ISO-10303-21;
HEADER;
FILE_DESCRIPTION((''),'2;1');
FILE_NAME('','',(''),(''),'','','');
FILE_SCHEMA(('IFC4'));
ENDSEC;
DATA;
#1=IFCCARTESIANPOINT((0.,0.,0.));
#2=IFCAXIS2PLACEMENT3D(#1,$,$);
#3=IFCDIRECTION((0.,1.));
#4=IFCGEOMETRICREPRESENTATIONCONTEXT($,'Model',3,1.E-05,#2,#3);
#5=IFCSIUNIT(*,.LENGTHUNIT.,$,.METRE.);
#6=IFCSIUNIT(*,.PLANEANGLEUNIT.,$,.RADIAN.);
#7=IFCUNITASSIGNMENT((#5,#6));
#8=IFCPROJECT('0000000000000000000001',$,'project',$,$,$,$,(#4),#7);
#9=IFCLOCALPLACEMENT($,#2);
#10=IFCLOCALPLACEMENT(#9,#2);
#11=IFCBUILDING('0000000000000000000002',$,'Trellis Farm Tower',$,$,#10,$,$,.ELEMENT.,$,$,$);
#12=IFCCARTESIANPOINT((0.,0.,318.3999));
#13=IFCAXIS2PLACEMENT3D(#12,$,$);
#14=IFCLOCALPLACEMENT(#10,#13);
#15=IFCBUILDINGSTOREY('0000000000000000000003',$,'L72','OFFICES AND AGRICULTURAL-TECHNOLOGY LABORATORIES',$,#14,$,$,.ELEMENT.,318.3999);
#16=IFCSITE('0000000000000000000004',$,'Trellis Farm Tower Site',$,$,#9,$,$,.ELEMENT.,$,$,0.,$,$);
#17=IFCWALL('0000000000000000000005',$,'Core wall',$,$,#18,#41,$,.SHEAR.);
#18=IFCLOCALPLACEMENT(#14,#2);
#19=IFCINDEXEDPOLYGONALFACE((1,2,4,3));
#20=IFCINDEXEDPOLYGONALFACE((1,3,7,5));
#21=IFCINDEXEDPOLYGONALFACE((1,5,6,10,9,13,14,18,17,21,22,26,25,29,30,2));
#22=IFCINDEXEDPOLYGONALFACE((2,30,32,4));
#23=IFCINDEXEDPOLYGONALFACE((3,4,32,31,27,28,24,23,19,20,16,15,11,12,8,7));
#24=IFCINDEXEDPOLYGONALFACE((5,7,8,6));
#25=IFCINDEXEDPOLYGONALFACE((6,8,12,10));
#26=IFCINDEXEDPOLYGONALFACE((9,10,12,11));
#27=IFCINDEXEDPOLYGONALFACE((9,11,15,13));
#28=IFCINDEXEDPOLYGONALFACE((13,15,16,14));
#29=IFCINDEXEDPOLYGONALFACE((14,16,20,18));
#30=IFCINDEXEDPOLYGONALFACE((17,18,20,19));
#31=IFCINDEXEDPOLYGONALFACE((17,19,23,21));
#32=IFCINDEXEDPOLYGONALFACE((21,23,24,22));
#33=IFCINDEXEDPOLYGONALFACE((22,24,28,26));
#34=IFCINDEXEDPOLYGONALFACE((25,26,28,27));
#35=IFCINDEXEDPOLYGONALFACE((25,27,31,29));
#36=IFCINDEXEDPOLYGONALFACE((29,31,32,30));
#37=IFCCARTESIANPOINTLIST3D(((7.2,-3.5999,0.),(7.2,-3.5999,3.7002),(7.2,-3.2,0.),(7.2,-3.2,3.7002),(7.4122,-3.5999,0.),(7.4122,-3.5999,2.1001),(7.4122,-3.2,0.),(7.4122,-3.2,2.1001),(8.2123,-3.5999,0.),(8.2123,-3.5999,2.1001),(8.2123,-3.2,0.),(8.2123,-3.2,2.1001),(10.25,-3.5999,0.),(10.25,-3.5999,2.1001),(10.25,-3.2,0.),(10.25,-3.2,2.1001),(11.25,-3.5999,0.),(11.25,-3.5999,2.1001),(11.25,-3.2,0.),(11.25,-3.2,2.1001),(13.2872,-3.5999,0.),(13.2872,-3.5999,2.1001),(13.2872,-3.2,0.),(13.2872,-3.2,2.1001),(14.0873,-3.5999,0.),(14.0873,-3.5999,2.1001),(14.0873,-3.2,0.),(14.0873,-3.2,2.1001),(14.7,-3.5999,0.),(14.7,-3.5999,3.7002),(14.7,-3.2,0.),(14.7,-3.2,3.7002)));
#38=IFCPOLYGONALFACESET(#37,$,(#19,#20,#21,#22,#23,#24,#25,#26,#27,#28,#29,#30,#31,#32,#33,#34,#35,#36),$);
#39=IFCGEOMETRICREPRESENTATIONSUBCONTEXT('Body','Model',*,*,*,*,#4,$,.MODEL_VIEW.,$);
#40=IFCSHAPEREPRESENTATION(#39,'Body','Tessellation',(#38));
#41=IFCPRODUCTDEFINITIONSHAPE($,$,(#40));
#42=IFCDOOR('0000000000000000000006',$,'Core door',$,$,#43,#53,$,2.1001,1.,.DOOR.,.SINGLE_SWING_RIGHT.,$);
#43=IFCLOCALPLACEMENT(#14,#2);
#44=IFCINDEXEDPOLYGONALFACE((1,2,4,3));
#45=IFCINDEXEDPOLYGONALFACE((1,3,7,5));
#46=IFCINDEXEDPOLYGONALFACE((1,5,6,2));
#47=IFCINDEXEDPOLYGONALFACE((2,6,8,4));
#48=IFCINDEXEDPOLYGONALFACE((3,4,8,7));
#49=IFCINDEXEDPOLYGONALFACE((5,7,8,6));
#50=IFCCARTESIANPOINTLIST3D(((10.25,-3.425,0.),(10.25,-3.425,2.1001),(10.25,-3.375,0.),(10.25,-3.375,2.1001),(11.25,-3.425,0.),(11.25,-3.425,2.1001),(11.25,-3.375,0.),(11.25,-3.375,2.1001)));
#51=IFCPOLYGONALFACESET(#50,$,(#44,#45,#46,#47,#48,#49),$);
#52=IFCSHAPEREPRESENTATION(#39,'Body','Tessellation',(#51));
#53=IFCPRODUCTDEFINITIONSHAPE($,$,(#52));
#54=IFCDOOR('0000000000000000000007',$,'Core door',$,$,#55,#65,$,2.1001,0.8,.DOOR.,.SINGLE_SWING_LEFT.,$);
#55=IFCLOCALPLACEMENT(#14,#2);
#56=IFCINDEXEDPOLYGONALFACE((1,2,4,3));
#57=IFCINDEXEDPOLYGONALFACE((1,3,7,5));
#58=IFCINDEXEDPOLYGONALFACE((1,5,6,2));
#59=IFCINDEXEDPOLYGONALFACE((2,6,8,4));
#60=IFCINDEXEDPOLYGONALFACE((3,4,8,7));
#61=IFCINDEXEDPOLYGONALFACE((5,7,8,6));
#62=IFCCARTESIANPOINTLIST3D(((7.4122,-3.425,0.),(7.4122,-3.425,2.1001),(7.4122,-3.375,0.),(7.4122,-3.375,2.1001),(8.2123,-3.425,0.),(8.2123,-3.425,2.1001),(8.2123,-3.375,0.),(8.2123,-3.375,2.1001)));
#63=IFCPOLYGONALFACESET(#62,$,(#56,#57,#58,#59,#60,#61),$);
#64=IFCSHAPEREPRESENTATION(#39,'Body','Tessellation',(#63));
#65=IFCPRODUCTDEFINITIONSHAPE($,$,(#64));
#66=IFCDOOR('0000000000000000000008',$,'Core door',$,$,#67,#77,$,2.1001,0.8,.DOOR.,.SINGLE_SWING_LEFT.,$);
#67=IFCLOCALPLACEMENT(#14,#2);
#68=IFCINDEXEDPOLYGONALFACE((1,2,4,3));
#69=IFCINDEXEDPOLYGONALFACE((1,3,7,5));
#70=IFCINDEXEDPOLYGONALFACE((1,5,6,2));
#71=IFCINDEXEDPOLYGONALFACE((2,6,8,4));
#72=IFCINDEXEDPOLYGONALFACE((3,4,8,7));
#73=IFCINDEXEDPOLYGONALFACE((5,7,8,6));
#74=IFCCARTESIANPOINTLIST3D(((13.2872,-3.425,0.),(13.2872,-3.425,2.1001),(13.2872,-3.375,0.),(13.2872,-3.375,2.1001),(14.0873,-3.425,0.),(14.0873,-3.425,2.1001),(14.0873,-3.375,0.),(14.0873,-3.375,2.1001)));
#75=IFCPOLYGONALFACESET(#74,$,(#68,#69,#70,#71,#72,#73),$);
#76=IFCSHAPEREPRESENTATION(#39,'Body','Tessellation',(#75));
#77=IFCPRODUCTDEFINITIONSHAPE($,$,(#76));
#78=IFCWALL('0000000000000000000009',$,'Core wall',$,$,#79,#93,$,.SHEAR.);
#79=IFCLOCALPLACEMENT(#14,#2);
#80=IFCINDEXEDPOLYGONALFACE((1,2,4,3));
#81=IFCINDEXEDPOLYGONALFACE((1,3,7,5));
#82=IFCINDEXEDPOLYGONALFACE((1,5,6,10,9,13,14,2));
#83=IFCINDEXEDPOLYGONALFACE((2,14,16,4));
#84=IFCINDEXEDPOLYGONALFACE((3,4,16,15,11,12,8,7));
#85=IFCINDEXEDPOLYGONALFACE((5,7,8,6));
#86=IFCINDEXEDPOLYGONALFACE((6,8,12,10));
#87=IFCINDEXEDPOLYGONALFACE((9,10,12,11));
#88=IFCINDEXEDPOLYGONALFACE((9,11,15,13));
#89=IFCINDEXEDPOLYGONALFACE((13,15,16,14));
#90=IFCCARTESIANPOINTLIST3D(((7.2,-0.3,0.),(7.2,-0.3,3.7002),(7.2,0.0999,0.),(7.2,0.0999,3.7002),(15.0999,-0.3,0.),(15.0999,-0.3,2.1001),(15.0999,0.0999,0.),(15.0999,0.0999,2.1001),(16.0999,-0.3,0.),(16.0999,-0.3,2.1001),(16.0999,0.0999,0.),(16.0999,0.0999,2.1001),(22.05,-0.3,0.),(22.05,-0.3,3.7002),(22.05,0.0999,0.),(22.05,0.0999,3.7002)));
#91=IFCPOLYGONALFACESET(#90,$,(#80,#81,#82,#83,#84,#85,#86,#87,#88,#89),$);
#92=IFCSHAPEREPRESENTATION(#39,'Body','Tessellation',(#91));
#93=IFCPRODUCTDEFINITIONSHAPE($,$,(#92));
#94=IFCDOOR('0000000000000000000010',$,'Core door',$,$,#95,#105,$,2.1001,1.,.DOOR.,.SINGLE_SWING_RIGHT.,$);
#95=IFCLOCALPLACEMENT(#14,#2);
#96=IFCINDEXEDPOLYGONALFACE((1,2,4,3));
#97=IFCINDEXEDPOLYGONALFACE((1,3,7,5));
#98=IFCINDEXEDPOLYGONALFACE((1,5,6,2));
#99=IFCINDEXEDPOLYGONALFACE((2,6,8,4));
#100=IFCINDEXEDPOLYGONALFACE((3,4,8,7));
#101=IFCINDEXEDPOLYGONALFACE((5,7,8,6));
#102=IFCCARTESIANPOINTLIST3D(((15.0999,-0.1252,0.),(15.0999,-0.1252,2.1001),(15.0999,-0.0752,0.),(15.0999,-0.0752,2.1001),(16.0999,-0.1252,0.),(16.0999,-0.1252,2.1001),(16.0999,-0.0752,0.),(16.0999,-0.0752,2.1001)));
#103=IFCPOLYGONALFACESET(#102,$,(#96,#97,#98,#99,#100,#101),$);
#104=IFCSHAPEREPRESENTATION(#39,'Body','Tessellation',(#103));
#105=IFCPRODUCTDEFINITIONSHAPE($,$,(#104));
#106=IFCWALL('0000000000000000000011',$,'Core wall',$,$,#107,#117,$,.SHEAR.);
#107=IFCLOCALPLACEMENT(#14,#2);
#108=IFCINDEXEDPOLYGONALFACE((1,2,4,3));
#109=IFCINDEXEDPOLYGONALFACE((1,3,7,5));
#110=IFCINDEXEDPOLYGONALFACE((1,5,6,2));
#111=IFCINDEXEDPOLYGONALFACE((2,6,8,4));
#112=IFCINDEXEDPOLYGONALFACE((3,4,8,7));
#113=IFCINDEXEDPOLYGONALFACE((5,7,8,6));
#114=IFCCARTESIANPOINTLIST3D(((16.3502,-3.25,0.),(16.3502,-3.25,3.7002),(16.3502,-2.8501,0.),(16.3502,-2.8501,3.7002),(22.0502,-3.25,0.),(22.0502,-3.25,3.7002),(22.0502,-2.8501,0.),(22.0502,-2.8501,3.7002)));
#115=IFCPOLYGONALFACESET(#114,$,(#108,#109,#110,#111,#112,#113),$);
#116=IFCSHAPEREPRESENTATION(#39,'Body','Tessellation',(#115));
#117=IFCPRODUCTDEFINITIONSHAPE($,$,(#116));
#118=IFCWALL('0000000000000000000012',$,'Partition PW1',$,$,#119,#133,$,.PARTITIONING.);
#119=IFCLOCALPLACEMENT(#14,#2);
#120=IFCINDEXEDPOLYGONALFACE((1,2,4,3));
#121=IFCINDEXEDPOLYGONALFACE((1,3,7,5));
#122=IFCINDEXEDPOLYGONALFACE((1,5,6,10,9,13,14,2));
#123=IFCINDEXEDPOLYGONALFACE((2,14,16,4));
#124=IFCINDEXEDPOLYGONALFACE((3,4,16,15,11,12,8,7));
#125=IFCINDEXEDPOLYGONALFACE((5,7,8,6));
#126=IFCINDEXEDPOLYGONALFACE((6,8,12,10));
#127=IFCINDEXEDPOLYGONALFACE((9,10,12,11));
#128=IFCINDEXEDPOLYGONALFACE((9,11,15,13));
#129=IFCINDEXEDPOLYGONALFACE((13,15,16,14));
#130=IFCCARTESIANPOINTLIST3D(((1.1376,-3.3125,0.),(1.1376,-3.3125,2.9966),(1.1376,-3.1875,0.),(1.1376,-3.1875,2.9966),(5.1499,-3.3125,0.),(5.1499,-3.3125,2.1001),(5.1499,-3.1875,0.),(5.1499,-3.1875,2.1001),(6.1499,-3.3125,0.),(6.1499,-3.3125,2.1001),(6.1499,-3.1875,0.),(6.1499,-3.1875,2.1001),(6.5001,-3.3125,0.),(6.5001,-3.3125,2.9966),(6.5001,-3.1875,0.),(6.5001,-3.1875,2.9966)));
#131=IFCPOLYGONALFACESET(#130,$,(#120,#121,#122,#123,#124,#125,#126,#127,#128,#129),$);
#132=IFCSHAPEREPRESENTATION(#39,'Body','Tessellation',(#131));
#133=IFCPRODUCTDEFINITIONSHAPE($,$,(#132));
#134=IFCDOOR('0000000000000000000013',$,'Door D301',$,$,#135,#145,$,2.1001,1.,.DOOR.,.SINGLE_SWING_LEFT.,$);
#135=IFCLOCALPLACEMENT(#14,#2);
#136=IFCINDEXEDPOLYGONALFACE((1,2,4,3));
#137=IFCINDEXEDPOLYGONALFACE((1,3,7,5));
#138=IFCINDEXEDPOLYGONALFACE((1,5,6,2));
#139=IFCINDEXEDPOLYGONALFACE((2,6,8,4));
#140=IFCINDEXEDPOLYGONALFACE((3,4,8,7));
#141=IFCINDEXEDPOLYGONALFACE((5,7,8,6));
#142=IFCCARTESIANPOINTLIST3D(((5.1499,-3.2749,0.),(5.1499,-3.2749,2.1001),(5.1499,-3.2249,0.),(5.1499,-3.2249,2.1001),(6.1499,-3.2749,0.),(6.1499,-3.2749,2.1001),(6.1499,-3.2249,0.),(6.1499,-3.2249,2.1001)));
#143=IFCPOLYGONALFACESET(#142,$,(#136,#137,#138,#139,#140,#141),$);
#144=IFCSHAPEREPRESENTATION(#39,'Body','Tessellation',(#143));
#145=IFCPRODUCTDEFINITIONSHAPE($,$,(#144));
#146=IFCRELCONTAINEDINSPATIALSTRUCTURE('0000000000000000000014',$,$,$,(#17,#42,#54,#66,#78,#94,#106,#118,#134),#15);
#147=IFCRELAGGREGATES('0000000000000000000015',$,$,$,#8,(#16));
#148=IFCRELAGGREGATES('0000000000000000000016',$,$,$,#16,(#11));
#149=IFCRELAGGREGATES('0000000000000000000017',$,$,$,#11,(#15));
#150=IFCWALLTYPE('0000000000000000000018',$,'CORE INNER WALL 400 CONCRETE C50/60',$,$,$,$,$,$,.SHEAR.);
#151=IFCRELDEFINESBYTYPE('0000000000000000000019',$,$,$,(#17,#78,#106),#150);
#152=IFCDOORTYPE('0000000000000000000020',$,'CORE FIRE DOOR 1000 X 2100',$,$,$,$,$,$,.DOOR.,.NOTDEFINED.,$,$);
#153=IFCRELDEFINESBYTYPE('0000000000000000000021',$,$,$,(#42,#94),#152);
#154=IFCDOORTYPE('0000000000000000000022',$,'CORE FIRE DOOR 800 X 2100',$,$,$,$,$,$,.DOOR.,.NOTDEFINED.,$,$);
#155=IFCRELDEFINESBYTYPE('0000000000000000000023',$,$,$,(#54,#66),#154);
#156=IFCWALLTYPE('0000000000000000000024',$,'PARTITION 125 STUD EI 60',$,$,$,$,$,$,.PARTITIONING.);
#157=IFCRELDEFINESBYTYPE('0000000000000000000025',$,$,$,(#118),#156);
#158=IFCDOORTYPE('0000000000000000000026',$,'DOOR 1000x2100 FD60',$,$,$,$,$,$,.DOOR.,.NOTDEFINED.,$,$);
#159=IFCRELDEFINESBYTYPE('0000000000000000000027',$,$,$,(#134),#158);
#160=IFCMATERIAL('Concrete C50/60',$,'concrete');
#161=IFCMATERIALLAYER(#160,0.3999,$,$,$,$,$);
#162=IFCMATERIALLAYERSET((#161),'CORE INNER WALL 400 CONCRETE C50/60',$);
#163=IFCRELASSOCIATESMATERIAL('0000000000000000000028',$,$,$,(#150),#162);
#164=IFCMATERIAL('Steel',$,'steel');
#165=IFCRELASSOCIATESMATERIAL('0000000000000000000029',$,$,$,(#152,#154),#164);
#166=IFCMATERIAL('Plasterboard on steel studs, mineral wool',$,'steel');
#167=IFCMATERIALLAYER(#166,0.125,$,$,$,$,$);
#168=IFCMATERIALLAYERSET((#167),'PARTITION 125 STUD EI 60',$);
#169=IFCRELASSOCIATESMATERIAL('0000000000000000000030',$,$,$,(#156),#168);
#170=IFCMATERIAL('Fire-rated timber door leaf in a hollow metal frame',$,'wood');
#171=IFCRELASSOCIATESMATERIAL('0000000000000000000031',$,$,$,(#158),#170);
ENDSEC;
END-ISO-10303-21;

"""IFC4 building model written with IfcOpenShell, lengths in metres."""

from ifc_helpers import new_model, si_unit, direction, frame, frame_2d, origin, place, context, subcontext, project, spatial, rectangle, extrude, source, transform, mapped, material, layer, layer_set, type_object, element, fill, save


model = new_model("IFC4")

# Units and contexts
model_context = context("Model", 3, precision=1e-05, world=origin(), true_north=direction((0.0, 1.0)))
body_context = subcontext(model_context, "Body", "Model", "MODEL_VIEW")
ifc_project = project(units=[si_unit("LENGTHUNIT", "METRE"), si_unit("PLANEANGLEUNIT", "RADIAN")], contexts=[model_context])

# Site, building, storey
site_placement = place(None, origin())
site = spatial("IfcSite", under=ifc_project, at=site_placement, Name="Trellis Farm Tower Site", CompositionType="ELEMENT", RefElevation=0.0)
building_placement = place(site_placement, origin())
building = spatial("IfcBuilding", under=site, at=building_placement, Name="Trellis Farm Tower", CompositionType="ELEMENT")
storey_placement = place(building_placement, frame((0.0, 0.0, 318.3999)))
storey = spatial("IfcBuildingStorey", under=building, at=storey_placement, Name="L72", Description="OFFICES AND AGRICULTURAL-TECHNOLOGY LABORATORIES", CompositionType="ELEMENT", Elevation=318.3999)

# Wall, openings, doors
ifc_material_1 = material(Name="Concrete C50/60", Category="concrete")
ifc_layer_1 = layer(ifc_material_1, 0.3999)
ifc_layer_set_1 = layer_set([ifc_layer_1], Name="CORE INNER WALL 400 CONCRETE C50/60")
wall_type_1 = type_object("IfcWallType", Name="CORE INNER WALL 400 CONCRETE C50/60", PredefinedType="SHEAR", material=ifc_layer_set_1)
shared_shape_1 = source(origin(), body_context, "Body", "SweptSolid", [
    extrude(rectangle(XDim=7.5, YDim=0.3999, at=frame_2d((3.75, 0.0))), origin(), (0.0, 0.0, 1.0), 3.7002),
])
wall_1_placement = place(storey_placement, frame((7.2, -3.3999, 0.0), z_axis=(0.0, 0.0, 1.0), x_axis=(1.0, 0.0, 0.0)))
wall_1 = element("IfcWall", 1, at=wall_1_placement, inside=storey, type_object=wall_type_1, Name="Core wall", PredefinedType="SHEAR", context=body_context, shape_type="MappedRepresentation", body=[
    mapped(shared_shape_1, transform((0.0, 0.0, 0.0))),
])
shared_shape_2 = source(origin(), body_context, "Body", "SweptSolid", [
    extrude(rectangle(XDim=0.8, YDim=2.1001, at=frame_2d((0.3999, 1.05))), frame((0.0, 0.21, 0.0), z_axis=(0.0, -1.0, 0.0), x_axis=(1.0, 0.0, 0.0)), (0.0, 0.0, 1.0), 0.4199),
])
opening_1_placement = place(wall_1_placement, frame((0.2124, 0.0, 0.0)))
opening_1 = element("IfcOpeningElement", 2, at=opening_1_placement, cuts=wall_1, PredefinedType="OPENING", context=body_context, shape_type="MappedRepresentation", body=[
    mapped(shared_shape_2, transform((0.0, 0.0, 0.0))),
])
shared_shape_3 = source(origin(), body_context, "Body", "SweptSolid", [
    extrude(rectangle(XDim=1.0, YDim=2.1001, at=frame_2d((0.5, 1.05))), frame((0.0, 0.21, 0.0), z_axis=(0.0, -1.0, 0.0), x_axis=(1.0, 0.0, 0.0)), (0.0, 0.0, 1.0), 0.4199),
])
opening_2_placement = place(wall_1_placement, frame((3.05, 0.0, 0.0)))
opening_2 = element("IfcOpeningElement", 3, at=opening_2_placement, cuts=wall_1, PredefinedType="OPENING", context=body_context, shape_type="MappedRepresentation", body=[
    mapped(shared_shape_3, transform((0.0, 0.0, 0.0))),
])
opening_3_placement = place(wall_1_placement, frame((6.0874, 0.0, 0.0)))
opening_3 = element("IfcOpeningElement", 4, at=opening_3_placement, cuts=wall_1, PredefinedType="OPENING", context=body_context, shape_type="MappedRepresentation", body=[
    mapped(shared_shape_2, transform((0.0, 0.0, 0.0))),
])
ifc_material_2 = material(Name="Steel", Category="steel")
door_type_1 = type_object("IfcDoorType", Name="CORE FIRE DOOR 1000 X 2100", OperationType="NOTDEFINED", PredefinedType="DOOR", material=ifc_material_2)
shared_shape_4 = source(origin(), body_context, "Body", "SweptSolid", [
    extrude(rectangle(XDim=1.0, YDim=2.1001, at=frame_2d((0.5, 1.05))), frame((0.0, 0.0249, 0.0), z_axis=(0.0, -1.0, 0.0), x_axis=(1.0, 0.0, 0.0)), (0.0, 0.0, 1.0), 0.05),
])
door_1_placement = place(opening_2_placement, origin())
door_1 = element("IfcDoor", 5, at=door_1_placement, inside=storey, type_object=door_type_1, Name="Core door", OperationType="SINGLE_SWING_RIGHT", OverallHeight=2.1001, OverallWidth=1.0, PredefinedType="DOOR", context=body_context, shape_type="MappedRepresentation", body=[
    mapped(shared_shape_4, transform((0.0, 0.0, 0.0))),
])
fill(opening_2, door_1)
door_type_2 = type_object("IfcDoorType", Name="CORE FIRE DOOR 800 X 2100", OperationType="NOTDEFINED", PredefinedType="DOOR", material=ifc_material_2)
shared_shape_5 = source(origin(), body_context, "Body", "SweptSolid", [
    extrude(rectangle(XDim=0.8, YDim=2.1001, at=frame_2d((0.3999, 1.05))), frame((0.0, 0.0249, 0.0), z_axis=(0.0, -1.0, 0.0), x_axis=(1.0, 0.0, 0.0)), (0.0, 0.0, 1.0), 0.05),
])
door_2_placement = place(opening_1_placement, origin())
door_2 = element("IfcDoor", 6, at=door_2_placement, inside=storey, type_object=door_type_2, Name="Core door", OperationType="SINGLE_SWING_LEFT", OverallHeight=2.1001, OverallWidth=0.8, PredefinedType="DOOR", context=body_context, shape_type="MappedRepresentation", body=[
    mapped(shared_shape_5, transform((0.0, 0.0, 0.0))),
])
fill(opening_1, door_2)
door_3_placement = place(opening_3_placement, origin())
door_3 = element("IfcDoor", 7, at=door_3_placement, inside=storey, type_object=door_type_2, Name="Core door", OperationType="SINGLE_SWING_LEFT", OverallHeight=2.1001, OverallWidth=0.8, PredefinedType="DOOR", context=body_context, shape_type="MappedRepresentation", body=[
    mapped(shared_shape_5, transform((0.0, 0.0, 0.0))),
])
fill(opening_3, door_3)

# Wall, opening, door
shared_shape_6 = source(origin(), body_context, "Body", "SweptSolid", [
    extrude(rectangle(XDim=14.8501, YDim=0.3999, at=frame_2d((7.425, 0.0))), origin(), (0.0, 0.0, 1.0), 3.7002),
])
wall_2_placement = place(storey_placement, frame((7.2, -0.1001, 0.0), z_axis=(0.0, 0.0, 1.0), x_axis=(1.0, 0.0, 0.0)))
wall_2 = element("IfcWall", 8, at=wall_2_placement, inside=storey, type_object=wall_type_1, Name="Core wall", PredefinedType="SHEAR", context=body_context, shape_type="MappedRepresentation", body=[
    mapped(shared_shape_6, transform((0.0, 0.0, 0.0))),
])
opening_4_placement = place(wall_2_placement, frame((7.8999, 0.0, 0.0)))
opening_4 = element("IfcOpeningElement", 9, at=opening_4_placement, cuts=wall_2, PredefinedType="OPENING", context=body_context, shape_type="MappedRepresentation", body=[
    mapped(shared_shape_3, transform((0.0, 0.0, 0.0))),
])
door_4_placement = place(opening_4_placement, origin())
door_4 = element("IfcDoor", 10, at=door_4_placement, inside=storey, type_object=door_type_1, Name="Core door", OperationType="SINGLE_SWING_RIGHT", OverallHeight=2.1001, OverallWidth=1.0, PredefinedType="DOOR", context=body_context, shape_type="MappedRepresentation", body=[
    mapped(shared_shape_4, transform((0.0, 0.0, 0.0))),
])
fill(opening_4, door_4)

# Wall
shared_shape_7 = source(origin(), body_context, "Body", "SweptSolid", [
    extrude(rectangle(XDim=5.7, YDim=0.3999, at=frame_2d((2.8501, 0.0))), origin(), (0.0, 0.0, 1.0), 3.7002),
])
wall_3_placement = place(storey_placement, frame((16.3501, -3.05, 0.0), z_axis=(0.0, 0.0, 1.0), x_axis=(1.0, 0.0, 0.0)))
element("IfcWall", 11, at=wall_3_placement, inside=storey, type_object=wall_type_1, Name="Core wall", PredefinedType="SHEAR", context=body_context, shape_type="MappedRepresentation", body=[
    mapped(shared_shape_7, transform((0.0, 0.0, 0.0))),
])

# Wall, opening, door
ifc_material_3 = material(Name="Plasterboard on steel studs, mineral wool", Category="steel")
ifc_layer_2 = layer(ifc_material_3, 0.125)
ifc_layer_set_2 = layer_set([ifc_layer_2], Name="PARTITION 125 STUD EI 60")
wall_type_2 = type_object("IfcWallType", Name="PARTITION 125 STUD EI 60", PredefinedType="PARTITIONING", material=ifc_layer_set_2)
shared_shape_8 = source(origin(), body_context, "Body", "SweptSolid", [
    extrude(rectangle(XDim=5.3625, YDim=0.125, at=frame_2d((2.6812, 0.0))), origin(), (0.0, 0.0, 1.0), 2.9966),
])
wall_4_placement = place(storey_placement, frame((6.5, -3.25, 0.0), z_axis=(0.0, 0.0, 1.0), x_axis=(-1.0, 0.0, 0.0)))
wall_4 = element("IfcWall", 12, at=wall_4_placement, inside=storey, type_object=wall_type_2, Name="Partition PW1", PredefinedType="PARTITIONING", context=body_context, shape_type="MappedRepresentation", body=[
    mapped(shared_shape_8, transform((0.0, 0.0, 0.0))),
])
shared_shape_9 = source(origin(), body_context, "Body", "SweptSolid", [
    extrude(rectangle(XDim=1.0, YDim=2.1001, at=frame_2d((0.5, 1.05))), frame((0.0, 0.0725, 0.0), z_axis=(0.0, -1.0, 0.0), x_axis=(1.0, 0.0, 0.0)), (0.0, 0.0, 1.0), 0.145),
])
opening_5_placement = place(wall_4_placement, frame((0.3501, 0.0, 0.0)))
opening_5 = element("IfcOpeningElement", 13, at=opening_5_placement, cuts=wall_4, PredefinedType="OPENING", context=body_context, shape_type="MappedRepresentation", body=[
    mapped(shared_shape_9, transform((0.0, 0.0, 0.0))),
])
ifc_material_4 = material(Name="Fire-rated timber door leaf in a hollow metal frame", Category="wood")
door_type_3 = type_object("IfcDoorType", Name="DOOR 1000x2100 FD60", OperationType="NOTDEFINED", PredefinedType="DOOR", material=ifc_material_4)
door_5_placement = place(opening_5_placement, origin())
door_5 = element("IfcDoor", 14, at=door_5_placement, inside=storey, type_object=door_type_3, Name="Door D301", OperationType="SINGLE_SWING_LEFT", OverallHeight=2.1001, OverallWidth=1.0, PredefinedType="DOOR", context=body_context, shape_type="MappedRepresentation", body=[
    mapped(shared_shape_4, transform((0.0, 0.0, 0.0))),
])
fill(opening_5, door_5)

save(model, "model.ifc")
